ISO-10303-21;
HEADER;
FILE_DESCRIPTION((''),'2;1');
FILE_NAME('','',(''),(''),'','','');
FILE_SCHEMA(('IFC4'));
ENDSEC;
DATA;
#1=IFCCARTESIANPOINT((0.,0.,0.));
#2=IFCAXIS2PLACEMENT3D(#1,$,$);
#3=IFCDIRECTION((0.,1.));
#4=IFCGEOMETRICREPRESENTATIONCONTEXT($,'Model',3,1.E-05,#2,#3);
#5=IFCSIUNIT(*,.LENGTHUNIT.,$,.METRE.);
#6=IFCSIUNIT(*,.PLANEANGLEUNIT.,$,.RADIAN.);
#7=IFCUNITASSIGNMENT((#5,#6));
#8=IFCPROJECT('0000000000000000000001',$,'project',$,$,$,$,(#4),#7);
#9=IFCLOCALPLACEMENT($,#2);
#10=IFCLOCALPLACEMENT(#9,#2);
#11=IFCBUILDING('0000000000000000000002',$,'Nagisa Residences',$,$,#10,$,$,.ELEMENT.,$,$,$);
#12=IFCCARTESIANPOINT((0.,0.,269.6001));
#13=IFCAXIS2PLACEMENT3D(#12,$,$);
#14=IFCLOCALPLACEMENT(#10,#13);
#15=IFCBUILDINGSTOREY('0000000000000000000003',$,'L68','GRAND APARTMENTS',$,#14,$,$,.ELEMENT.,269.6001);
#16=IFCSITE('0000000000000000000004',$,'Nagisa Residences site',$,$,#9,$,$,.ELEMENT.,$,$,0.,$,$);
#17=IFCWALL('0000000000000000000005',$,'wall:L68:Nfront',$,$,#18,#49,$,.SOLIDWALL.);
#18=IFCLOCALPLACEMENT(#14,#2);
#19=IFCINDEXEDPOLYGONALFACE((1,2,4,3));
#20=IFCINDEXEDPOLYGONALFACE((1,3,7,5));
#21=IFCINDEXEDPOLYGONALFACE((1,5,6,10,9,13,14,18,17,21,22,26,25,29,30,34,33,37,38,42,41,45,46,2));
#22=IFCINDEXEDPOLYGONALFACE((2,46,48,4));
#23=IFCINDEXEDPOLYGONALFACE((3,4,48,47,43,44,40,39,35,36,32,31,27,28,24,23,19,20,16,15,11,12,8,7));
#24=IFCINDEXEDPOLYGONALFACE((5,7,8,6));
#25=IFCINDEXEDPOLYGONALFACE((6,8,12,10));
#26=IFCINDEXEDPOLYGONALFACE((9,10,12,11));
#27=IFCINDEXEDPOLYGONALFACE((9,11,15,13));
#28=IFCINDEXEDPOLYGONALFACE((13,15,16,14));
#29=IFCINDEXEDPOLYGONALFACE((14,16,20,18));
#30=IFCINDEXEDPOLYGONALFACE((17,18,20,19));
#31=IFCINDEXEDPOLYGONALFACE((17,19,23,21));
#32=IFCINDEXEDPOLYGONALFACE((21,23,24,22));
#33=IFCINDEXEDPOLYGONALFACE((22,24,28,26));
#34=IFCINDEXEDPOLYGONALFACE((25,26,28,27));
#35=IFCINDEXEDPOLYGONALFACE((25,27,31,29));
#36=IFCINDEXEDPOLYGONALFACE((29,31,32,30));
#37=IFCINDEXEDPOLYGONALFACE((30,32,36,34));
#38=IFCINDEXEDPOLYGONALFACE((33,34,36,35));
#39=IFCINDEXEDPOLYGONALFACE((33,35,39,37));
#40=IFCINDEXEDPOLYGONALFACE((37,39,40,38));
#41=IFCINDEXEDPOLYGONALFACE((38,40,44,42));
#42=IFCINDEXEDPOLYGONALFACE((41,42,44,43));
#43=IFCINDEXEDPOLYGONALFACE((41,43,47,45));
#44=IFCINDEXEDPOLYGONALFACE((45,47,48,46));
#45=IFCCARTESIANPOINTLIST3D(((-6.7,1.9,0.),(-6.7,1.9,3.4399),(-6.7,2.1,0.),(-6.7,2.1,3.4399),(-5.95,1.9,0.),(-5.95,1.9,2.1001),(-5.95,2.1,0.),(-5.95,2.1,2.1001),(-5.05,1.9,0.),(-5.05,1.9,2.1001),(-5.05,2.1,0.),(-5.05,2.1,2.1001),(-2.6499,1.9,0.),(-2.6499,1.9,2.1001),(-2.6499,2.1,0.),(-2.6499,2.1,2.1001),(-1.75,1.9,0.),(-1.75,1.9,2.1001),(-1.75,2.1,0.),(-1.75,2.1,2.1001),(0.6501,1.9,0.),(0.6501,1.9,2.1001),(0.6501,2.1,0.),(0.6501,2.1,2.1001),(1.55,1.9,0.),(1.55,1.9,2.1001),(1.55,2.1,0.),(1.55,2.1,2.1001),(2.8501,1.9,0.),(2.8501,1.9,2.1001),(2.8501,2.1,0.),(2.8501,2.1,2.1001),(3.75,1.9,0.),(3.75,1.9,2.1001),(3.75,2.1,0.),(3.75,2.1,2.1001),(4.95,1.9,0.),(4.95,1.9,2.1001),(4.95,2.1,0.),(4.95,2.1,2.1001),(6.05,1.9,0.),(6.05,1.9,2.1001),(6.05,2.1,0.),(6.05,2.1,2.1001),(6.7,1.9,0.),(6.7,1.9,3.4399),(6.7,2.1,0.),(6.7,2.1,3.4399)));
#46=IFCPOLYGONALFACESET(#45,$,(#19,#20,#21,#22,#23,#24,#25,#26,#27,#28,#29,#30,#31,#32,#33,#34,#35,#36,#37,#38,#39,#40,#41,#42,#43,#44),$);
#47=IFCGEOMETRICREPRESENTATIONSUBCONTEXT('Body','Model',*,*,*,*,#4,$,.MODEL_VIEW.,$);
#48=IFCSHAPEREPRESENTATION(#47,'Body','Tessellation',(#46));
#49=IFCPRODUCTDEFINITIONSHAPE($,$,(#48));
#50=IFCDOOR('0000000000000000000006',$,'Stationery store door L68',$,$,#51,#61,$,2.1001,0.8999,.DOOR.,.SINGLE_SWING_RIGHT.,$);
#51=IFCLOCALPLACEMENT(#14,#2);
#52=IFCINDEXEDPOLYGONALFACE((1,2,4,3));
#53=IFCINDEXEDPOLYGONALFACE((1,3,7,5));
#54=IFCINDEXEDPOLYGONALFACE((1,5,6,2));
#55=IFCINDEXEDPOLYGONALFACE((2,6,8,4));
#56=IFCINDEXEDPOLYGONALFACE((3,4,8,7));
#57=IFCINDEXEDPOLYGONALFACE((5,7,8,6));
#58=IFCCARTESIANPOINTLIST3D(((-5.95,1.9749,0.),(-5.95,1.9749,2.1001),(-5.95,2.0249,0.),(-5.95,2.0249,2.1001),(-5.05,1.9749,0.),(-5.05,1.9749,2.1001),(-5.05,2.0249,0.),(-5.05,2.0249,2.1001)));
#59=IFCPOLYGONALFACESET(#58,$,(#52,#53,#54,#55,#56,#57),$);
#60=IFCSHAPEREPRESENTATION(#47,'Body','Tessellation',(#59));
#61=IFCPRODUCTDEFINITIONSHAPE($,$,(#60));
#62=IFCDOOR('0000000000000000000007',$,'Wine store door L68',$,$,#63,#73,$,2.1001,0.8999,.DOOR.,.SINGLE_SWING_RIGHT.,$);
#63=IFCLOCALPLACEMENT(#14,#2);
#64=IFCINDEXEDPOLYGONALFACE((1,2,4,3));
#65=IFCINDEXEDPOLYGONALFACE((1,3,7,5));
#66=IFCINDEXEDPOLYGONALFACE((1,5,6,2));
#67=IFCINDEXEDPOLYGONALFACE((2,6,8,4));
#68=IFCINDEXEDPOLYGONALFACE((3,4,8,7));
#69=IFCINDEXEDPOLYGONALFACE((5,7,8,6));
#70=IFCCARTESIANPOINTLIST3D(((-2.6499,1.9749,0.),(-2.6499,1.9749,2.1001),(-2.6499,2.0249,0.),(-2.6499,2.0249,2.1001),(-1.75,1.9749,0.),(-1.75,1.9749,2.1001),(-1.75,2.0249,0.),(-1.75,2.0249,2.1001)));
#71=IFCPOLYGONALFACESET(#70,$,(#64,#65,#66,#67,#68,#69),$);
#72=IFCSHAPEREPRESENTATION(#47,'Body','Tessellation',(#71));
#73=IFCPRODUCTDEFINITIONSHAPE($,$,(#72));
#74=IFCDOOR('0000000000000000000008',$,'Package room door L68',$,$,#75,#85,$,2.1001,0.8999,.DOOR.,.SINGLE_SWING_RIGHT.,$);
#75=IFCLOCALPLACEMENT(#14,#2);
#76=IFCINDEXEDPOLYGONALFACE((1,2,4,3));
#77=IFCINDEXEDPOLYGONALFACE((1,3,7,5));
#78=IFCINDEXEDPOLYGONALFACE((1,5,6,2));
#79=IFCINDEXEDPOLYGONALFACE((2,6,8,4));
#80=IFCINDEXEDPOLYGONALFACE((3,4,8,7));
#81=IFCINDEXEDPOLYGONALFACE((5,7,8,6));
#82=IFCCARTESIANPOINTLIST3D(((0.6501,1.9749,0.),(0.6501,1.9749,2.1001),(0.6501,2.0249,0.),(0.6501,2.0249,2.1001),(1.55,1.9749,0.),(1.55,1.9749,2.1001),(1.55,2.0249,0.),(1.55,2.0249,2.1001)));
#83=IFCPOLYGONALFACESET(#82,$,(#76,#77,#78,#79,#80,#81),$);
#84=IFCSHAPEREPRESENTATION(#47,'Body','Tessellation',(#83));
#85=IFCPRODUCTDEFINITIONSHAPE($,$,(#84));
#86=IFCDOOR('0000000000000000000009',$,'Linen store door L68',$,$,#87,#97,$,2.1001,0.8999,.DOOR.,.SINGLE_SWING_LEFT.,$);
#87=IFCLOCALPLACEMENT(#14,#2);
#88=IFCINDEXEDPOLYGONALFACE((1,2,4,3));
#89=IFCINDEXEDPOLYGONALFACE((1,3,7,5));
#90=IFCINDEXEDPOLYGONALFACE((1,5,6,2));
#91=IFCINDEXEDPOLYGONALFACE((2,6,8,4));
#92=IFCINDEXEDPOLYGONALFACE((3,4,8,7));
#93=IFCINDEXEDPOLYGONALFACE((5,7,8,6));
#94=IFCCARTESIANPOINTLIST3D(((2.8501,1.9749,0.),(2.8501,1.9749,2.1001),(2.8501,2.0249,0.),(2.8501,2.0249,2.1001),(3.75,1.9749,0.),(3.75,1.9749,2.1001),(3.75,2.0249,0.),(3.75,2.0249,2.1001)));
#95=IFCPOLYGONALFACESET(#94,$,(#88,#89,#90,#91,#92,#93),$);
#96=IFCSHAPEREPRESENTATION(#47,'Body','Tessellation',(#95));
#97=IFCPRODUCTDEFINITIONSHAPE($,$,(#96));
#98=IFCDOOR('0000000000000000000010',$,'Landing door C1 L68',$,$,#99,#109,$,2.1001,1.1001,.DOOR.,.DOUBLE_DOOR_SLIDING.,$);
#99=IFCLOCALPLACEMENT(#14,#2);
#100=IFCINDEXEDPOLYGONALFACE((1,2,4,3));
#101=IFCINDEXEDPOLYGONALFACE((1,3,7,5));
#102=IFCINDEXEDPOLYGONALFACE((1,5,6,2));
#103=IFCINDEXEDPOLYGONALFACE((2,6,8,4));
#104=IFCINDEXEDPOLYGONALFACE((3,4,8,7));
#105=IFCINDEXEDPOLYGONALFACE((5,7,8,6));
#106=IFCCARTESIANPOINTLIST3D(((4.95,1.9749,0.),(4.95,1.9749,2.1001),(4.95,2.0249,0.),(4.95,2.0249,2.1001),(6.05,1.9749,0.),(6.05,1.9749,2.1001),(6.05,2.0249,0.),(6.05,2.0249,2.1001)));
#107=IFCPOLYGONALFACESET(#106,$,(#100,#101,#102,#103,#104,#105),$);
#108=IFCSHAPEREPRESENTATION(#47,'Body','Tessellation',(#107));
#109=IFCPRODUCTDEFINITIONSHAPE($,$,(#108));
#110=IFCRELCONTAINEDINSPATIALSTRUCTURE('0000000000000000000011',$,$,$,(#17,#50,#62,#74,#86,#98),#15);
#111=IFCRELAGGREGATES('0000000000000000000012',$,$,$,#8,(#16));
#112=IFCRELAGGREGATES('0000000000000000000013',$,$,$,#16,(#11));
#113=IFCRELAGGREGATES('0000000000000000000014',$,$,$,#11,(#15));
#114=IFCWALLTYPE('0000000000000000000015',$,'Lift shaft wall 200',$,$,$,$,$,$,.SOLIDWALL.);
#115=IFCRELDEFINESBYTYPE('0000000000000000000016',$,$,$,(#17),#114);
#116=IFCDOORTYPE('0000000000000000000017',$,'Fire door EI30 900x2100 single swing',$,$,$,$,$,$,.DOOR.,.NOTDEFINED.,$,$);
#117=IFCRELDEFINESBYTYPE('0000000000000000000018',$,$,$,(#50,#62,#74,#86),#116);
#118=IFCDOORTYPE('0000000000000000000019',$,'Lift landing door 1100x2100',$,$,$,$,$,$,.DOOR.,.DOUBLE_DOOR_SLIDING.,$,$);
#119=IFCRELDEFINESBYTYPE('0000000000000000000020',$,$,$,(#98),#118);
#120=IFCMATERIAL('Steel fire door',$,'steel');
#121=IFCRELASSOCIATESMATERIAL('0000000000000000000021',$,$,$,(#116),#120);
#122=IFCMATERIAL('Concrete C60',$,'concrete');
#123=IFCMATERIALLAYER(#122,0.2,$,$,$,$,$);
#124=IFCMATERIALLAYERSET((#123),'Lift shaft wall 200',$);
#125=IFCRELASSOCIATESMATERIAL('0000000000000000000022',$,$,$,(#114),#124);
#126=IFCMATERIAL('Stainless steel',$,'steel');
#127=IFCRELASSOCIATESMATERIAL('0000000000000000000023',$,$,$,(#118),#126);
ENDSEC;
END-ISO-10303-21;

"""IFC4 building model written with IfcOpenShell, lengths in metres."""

from ifc_helpers import new_model, si_unit, direction, frame, frame_2d, origin, place, context, subcontext, project, spatial, rectangle, extrude, material, layer, layer_set, type_object, element, fill, save


model = new_model("IFC4")

# Units and contexts
model_context = context("Model", 3, precision=1e-05, world=origin(), true_north=direction((0.0, 1.0)))
body_context = subcontext(model_context, "Body", "Model", "MODEL_VIEW")
ifc_project = project(units=[si_unit("LENGTHUNIT", "METRE"), si_unit("PLANEANGLEUNIT", "RADIAN")], contexts=[model_context])

# Site, building, storey
site_placement = place(None, origin())
site = spatial("IfcSite", under=ifc_project, at=site_placement, Name="Nagisa Residences site", CompositionType="ELEMENT", RefElevation=0.0)
building_placement = place(site_placement, origin())
building = spatial("IfcBuilding", under=site, at=building_placement, Name="Nagisa Residences", CompositionType="ELEMENT")
storey_placement = place(building_placement, frame((0.0, 0.0, 269.6001)))
storey = spatial("IfcBuildingStorey", under=building, at=storey_placement, Name="L68", Description="GRAND APARTMENTS", CompositionType="ELEMENT", Elevation=269.6001)

# Shared definitions
ifc_material_1 = material(Name="Steel fire door", Category="steel")
door_type_1 = type_object("IfcDoorType", Name="Fire door EI30 900x2100 single swing", OperationType="NOTDEFINED", PredefinedType="DOOR", material=ifc_material_1)

# Wall, openings, doors
ifc_material_2 = material(Name="Concrete C60", Category="concrete")
ifc_layer_1 = layer(ifc_material_2, 0.2)
ifc_layer_set_1 = layer_set([ifc_layer_1], Name="Lift shaft wall 200")
wall_type_1 = type_object("IfcWallType", Name="Lift shaft wall 200", PredefinedType="SOLIDWALL", material=ifc_layer_set_1)
wall_1_placement = place(storey_placement, frame((-6.7, 2.0, 0.0), z_axis=(0.0, 0.0, 1.0), x_axis=(1.0, 0.0, 0.0)))
wall_1 = element("IfcWall", 1, at=wall_1_placement, inside=storey, type_object=wall_type_1, Name="wall:L68:Nfront", PredefinedType="SOLIDWALL", context=body_context, shape_type="SweptSolid", body=[
    extrude(rectangle(XDim=13.3999, YDim=0.2, at=frame_2d((6.7, 0.0))), origin(), (0.0, 0.0, 1.0), 3.4399),
])
opening_1_placement = place(wall_1_placement, frame((11.6499, 0.0, 0.0)))
opening_1 = element("IfcOpeningElement", 2, at=opening_1_placement, cuts=wall_1, PredefinedType="OPENING", context=body_context, shape_type="SweptSolid", body=[
    extrude(rectangle(XDim=1.1001, YDim=2.1001, at=frame_2d((0.55, 1.05))), frame((0.0, 0.1099, 0.0), z_axis=(0.0, -1.0, 0.0), x_axis=(1.0, 0.0, 0.0)), (0.0, 0.0, 1.0), 0.22),
])
opening_2_placement = place(wall_1_placement, frame((0.75, 0.0, 0.0)))
opening_2 = element("IfcOpeningElement", 3, at=opening_2_placement, cuts=wall_1, PredefinedType="OPENING", context=body_context, shape_type="SweptSolid", body=[
    extrude(rectangle(XDim=0.8999, YDim=2.1001, at=frame_2d((0.45, 1.05))), frame((0.0, 0.1099, 0.0), z_axis=(0.0, -1.0, 0.0), x_axis=(1.0, 0.0, 0.0)), (0.0, 0.0, 1.0), 0.22),
])
opening_3_placement = place(wall_1_placement, frame((4.05, 0.0, 0.0)))
opening_3 = element("IfcOpeningElement", 4, at=opening_3_placement, cuts=wall_1, PredefinedType="OPENING", context=body_context, shape_type="SweptSolid", body=[
    extrude(rectangle(XDim=0.8999, YDim=2.1001, at=frame_2d((0.45, 1.05))), frame((0.0, 0.1099, 0.0), z_axis=(0.0, -1.0, 0.0), x_axis=(1.0, 0.0, 0.0)), (0.0, 0.0, 1.0), 0.22),
])
opening_4_placement = place(wall_1_placement, frame((7.3501, 0.0, 0.0)))
opening_4 = element("IfcOpeningElement", 5, at=opening_4_placement, cuts=wall_1, PredefinedType="OPENING", context=body_context, shape_type="SweptSolid", body=[
    extrude(rectangle(XDim=0.8999, YDim=2.1001, at=frame_2d((0.45, 1.05))), frame((0.0, 0.1099, 0.0), z_axis=(0.0, -1.0, 0.0), x_axis=(1.0, 0.0, 0.0)), (0.0, 0.0, 1.0), 0.22),
])
opening_5_placement = place(wall_1_placement, frame((9.55, 0.0, 0.0)))
opening_5 = element("IfcOpeningElement", 6, at=opening_5_placement, cuts=wall_1, PredefinedType="OPENING", context=body_context, shape_type="SweptSolid", body=[
    extrude(rectangle(XDim=0.8999, YDim=2.1001, at=frame_2d((0.45, 1.05))), frame((0.0, 0.1099, 0.0), z_axis=(0.0, -1.0, 0.0), x_axis=(1.0, 0.0, 0.0)), (0.0, 0.0, 1.0), 0.22),
])
door_1_placement = place(opening_2_placement, origin())
door_1 = element("IfcDoor", 7, at=door_1_placement, inside=storey, type_object=door_type_1, Name="Stationery store door L68", OperationType="SINGLE_SWING_RIGHT", OverallHeight=2.1001, OverallWidth=0.8999, PredefinedType="DOOR", context=body_context, shape_type="SweptSolid", body=[
    extrude(rectangle(XDim=0.8999, YDim=2.1001, at=frame_2d((0.45, 1.05))), frame((0.0, 0.0249, 0.0), z_axis=(0.0, -1.0, 0.0), x_axis=(1.0, 0.0, 0.0)), (0.0, 0.0, 1.0), 0.05),
])
fill(opening_2, door_1)
door_2_placement = place(opening_3_placement, origin())
door_2 = element("IfcDoor", 8, at=door_2_placement, inside=storey, type_object=door_type_1, Name="Wine store door L68", OperationType="SINGLE_SWING_RIGHT", OverallHeight=2.1001, OverallWidth=0.8999, PredefinedType="DOOR", context=body_context, shape_type="SweptSolid", body=[
    extrude(rectangle(XDim=0.8999, YDim=2.1001, at=frame_2d((0.45, 1.05))), frame((0.0, 0.0249, 0.0), z_axis=(0.0, -1.0, 0.0), x_axis=(1.0, 0.0, 0.0)), (0.0, 0.0, 1.0), 0.05),
])
fill(opening_3, door_2)
door_3_placement = place(opening_4_placement, origin())
door_3 = element("IfcDoor", 9, at=door_3_placement, inside=storey, type_object=door_type_1, Name="Package room door L68", OperationType="SINGLE_SWING_RIGHT", OverallHeight=2.1001, OverallWidth=0.8999, PredefinedType="DOOR", context=body_context, shape_type="SweptSolid", body=[
    extrude(rectangle(XDim=0.8999, YDim=2.1001, at=frame_2d((0.45, 1.05))), frame((0.0, 0.0249, 0.0), z_axis=(0.0, -1.0, 0.0), x_axis=(1.0, 0.0, 0.0)), (0.0, 0.0, 1.0), 0.05),
])
fill(opening_4, door_3)
door_4_placement = place(opening_5_placement, origin())
door_4 = element("IfcDoor", 10, at=door_4_placement, inside=storey, type_object=door_type_1, Name="Linen store door L68", OperationType="SINGLE_SWING_LEFT", OverallHeight=2.1001, OverallWidth=0.8999, PredefinedType="DOOR", context=body_context, shape_type="SweptSolid", body=[
    extrude(rectangle(XDim=0.8999, YDim=2.1001, at=frame_2d((0.45, 1.05))), frame((0.0, 0.0249, 0.0), z_axis=(0.0, -1.0, 0.0), x_axis=(1.0, 0.0, 0.0)), (0.0, 0.0, 1.0), 0.05),
])
fill(opening_5, door_4)
ifc_material_3 = material(Name="Stainless steel", Category="steel")
door_type_2 = type_object("IfcDoorType", Name="Lift landing door 1100x2100", OperationType="DOUBLE_DOOR_SLIDING", PredefinedType="DOOR", material=ifc_material_3)
door_5_placement = place(opening_1_placement, origin())
door_5 = element("IfcDoor", 11, at=door_5_placement, inside=storey, type_object=door_type_2, Name="Landing door C1 L68", OperationType="DOUBLE_DOOR_SLIDING", OverallHeight=2.1001, OverallWidth=1.1001, PredefinedType="DOOR", context=body_context, shape_type="SweptSolid", body=[
    extrude(rectangle(XDim=1.1001, YDim=2.1001, at=frame_2d((0.55, 1.05))), frame((0.0, 0.0249, 0.0), z_axis=(0.0, -1.0, 0.0), x_axis=(1.0, 0.0, 0.0)), (0.0, 0.0, 1.0), 0.05),
])
fill(opening_1, door_5)

save(model, "model.ifc")
